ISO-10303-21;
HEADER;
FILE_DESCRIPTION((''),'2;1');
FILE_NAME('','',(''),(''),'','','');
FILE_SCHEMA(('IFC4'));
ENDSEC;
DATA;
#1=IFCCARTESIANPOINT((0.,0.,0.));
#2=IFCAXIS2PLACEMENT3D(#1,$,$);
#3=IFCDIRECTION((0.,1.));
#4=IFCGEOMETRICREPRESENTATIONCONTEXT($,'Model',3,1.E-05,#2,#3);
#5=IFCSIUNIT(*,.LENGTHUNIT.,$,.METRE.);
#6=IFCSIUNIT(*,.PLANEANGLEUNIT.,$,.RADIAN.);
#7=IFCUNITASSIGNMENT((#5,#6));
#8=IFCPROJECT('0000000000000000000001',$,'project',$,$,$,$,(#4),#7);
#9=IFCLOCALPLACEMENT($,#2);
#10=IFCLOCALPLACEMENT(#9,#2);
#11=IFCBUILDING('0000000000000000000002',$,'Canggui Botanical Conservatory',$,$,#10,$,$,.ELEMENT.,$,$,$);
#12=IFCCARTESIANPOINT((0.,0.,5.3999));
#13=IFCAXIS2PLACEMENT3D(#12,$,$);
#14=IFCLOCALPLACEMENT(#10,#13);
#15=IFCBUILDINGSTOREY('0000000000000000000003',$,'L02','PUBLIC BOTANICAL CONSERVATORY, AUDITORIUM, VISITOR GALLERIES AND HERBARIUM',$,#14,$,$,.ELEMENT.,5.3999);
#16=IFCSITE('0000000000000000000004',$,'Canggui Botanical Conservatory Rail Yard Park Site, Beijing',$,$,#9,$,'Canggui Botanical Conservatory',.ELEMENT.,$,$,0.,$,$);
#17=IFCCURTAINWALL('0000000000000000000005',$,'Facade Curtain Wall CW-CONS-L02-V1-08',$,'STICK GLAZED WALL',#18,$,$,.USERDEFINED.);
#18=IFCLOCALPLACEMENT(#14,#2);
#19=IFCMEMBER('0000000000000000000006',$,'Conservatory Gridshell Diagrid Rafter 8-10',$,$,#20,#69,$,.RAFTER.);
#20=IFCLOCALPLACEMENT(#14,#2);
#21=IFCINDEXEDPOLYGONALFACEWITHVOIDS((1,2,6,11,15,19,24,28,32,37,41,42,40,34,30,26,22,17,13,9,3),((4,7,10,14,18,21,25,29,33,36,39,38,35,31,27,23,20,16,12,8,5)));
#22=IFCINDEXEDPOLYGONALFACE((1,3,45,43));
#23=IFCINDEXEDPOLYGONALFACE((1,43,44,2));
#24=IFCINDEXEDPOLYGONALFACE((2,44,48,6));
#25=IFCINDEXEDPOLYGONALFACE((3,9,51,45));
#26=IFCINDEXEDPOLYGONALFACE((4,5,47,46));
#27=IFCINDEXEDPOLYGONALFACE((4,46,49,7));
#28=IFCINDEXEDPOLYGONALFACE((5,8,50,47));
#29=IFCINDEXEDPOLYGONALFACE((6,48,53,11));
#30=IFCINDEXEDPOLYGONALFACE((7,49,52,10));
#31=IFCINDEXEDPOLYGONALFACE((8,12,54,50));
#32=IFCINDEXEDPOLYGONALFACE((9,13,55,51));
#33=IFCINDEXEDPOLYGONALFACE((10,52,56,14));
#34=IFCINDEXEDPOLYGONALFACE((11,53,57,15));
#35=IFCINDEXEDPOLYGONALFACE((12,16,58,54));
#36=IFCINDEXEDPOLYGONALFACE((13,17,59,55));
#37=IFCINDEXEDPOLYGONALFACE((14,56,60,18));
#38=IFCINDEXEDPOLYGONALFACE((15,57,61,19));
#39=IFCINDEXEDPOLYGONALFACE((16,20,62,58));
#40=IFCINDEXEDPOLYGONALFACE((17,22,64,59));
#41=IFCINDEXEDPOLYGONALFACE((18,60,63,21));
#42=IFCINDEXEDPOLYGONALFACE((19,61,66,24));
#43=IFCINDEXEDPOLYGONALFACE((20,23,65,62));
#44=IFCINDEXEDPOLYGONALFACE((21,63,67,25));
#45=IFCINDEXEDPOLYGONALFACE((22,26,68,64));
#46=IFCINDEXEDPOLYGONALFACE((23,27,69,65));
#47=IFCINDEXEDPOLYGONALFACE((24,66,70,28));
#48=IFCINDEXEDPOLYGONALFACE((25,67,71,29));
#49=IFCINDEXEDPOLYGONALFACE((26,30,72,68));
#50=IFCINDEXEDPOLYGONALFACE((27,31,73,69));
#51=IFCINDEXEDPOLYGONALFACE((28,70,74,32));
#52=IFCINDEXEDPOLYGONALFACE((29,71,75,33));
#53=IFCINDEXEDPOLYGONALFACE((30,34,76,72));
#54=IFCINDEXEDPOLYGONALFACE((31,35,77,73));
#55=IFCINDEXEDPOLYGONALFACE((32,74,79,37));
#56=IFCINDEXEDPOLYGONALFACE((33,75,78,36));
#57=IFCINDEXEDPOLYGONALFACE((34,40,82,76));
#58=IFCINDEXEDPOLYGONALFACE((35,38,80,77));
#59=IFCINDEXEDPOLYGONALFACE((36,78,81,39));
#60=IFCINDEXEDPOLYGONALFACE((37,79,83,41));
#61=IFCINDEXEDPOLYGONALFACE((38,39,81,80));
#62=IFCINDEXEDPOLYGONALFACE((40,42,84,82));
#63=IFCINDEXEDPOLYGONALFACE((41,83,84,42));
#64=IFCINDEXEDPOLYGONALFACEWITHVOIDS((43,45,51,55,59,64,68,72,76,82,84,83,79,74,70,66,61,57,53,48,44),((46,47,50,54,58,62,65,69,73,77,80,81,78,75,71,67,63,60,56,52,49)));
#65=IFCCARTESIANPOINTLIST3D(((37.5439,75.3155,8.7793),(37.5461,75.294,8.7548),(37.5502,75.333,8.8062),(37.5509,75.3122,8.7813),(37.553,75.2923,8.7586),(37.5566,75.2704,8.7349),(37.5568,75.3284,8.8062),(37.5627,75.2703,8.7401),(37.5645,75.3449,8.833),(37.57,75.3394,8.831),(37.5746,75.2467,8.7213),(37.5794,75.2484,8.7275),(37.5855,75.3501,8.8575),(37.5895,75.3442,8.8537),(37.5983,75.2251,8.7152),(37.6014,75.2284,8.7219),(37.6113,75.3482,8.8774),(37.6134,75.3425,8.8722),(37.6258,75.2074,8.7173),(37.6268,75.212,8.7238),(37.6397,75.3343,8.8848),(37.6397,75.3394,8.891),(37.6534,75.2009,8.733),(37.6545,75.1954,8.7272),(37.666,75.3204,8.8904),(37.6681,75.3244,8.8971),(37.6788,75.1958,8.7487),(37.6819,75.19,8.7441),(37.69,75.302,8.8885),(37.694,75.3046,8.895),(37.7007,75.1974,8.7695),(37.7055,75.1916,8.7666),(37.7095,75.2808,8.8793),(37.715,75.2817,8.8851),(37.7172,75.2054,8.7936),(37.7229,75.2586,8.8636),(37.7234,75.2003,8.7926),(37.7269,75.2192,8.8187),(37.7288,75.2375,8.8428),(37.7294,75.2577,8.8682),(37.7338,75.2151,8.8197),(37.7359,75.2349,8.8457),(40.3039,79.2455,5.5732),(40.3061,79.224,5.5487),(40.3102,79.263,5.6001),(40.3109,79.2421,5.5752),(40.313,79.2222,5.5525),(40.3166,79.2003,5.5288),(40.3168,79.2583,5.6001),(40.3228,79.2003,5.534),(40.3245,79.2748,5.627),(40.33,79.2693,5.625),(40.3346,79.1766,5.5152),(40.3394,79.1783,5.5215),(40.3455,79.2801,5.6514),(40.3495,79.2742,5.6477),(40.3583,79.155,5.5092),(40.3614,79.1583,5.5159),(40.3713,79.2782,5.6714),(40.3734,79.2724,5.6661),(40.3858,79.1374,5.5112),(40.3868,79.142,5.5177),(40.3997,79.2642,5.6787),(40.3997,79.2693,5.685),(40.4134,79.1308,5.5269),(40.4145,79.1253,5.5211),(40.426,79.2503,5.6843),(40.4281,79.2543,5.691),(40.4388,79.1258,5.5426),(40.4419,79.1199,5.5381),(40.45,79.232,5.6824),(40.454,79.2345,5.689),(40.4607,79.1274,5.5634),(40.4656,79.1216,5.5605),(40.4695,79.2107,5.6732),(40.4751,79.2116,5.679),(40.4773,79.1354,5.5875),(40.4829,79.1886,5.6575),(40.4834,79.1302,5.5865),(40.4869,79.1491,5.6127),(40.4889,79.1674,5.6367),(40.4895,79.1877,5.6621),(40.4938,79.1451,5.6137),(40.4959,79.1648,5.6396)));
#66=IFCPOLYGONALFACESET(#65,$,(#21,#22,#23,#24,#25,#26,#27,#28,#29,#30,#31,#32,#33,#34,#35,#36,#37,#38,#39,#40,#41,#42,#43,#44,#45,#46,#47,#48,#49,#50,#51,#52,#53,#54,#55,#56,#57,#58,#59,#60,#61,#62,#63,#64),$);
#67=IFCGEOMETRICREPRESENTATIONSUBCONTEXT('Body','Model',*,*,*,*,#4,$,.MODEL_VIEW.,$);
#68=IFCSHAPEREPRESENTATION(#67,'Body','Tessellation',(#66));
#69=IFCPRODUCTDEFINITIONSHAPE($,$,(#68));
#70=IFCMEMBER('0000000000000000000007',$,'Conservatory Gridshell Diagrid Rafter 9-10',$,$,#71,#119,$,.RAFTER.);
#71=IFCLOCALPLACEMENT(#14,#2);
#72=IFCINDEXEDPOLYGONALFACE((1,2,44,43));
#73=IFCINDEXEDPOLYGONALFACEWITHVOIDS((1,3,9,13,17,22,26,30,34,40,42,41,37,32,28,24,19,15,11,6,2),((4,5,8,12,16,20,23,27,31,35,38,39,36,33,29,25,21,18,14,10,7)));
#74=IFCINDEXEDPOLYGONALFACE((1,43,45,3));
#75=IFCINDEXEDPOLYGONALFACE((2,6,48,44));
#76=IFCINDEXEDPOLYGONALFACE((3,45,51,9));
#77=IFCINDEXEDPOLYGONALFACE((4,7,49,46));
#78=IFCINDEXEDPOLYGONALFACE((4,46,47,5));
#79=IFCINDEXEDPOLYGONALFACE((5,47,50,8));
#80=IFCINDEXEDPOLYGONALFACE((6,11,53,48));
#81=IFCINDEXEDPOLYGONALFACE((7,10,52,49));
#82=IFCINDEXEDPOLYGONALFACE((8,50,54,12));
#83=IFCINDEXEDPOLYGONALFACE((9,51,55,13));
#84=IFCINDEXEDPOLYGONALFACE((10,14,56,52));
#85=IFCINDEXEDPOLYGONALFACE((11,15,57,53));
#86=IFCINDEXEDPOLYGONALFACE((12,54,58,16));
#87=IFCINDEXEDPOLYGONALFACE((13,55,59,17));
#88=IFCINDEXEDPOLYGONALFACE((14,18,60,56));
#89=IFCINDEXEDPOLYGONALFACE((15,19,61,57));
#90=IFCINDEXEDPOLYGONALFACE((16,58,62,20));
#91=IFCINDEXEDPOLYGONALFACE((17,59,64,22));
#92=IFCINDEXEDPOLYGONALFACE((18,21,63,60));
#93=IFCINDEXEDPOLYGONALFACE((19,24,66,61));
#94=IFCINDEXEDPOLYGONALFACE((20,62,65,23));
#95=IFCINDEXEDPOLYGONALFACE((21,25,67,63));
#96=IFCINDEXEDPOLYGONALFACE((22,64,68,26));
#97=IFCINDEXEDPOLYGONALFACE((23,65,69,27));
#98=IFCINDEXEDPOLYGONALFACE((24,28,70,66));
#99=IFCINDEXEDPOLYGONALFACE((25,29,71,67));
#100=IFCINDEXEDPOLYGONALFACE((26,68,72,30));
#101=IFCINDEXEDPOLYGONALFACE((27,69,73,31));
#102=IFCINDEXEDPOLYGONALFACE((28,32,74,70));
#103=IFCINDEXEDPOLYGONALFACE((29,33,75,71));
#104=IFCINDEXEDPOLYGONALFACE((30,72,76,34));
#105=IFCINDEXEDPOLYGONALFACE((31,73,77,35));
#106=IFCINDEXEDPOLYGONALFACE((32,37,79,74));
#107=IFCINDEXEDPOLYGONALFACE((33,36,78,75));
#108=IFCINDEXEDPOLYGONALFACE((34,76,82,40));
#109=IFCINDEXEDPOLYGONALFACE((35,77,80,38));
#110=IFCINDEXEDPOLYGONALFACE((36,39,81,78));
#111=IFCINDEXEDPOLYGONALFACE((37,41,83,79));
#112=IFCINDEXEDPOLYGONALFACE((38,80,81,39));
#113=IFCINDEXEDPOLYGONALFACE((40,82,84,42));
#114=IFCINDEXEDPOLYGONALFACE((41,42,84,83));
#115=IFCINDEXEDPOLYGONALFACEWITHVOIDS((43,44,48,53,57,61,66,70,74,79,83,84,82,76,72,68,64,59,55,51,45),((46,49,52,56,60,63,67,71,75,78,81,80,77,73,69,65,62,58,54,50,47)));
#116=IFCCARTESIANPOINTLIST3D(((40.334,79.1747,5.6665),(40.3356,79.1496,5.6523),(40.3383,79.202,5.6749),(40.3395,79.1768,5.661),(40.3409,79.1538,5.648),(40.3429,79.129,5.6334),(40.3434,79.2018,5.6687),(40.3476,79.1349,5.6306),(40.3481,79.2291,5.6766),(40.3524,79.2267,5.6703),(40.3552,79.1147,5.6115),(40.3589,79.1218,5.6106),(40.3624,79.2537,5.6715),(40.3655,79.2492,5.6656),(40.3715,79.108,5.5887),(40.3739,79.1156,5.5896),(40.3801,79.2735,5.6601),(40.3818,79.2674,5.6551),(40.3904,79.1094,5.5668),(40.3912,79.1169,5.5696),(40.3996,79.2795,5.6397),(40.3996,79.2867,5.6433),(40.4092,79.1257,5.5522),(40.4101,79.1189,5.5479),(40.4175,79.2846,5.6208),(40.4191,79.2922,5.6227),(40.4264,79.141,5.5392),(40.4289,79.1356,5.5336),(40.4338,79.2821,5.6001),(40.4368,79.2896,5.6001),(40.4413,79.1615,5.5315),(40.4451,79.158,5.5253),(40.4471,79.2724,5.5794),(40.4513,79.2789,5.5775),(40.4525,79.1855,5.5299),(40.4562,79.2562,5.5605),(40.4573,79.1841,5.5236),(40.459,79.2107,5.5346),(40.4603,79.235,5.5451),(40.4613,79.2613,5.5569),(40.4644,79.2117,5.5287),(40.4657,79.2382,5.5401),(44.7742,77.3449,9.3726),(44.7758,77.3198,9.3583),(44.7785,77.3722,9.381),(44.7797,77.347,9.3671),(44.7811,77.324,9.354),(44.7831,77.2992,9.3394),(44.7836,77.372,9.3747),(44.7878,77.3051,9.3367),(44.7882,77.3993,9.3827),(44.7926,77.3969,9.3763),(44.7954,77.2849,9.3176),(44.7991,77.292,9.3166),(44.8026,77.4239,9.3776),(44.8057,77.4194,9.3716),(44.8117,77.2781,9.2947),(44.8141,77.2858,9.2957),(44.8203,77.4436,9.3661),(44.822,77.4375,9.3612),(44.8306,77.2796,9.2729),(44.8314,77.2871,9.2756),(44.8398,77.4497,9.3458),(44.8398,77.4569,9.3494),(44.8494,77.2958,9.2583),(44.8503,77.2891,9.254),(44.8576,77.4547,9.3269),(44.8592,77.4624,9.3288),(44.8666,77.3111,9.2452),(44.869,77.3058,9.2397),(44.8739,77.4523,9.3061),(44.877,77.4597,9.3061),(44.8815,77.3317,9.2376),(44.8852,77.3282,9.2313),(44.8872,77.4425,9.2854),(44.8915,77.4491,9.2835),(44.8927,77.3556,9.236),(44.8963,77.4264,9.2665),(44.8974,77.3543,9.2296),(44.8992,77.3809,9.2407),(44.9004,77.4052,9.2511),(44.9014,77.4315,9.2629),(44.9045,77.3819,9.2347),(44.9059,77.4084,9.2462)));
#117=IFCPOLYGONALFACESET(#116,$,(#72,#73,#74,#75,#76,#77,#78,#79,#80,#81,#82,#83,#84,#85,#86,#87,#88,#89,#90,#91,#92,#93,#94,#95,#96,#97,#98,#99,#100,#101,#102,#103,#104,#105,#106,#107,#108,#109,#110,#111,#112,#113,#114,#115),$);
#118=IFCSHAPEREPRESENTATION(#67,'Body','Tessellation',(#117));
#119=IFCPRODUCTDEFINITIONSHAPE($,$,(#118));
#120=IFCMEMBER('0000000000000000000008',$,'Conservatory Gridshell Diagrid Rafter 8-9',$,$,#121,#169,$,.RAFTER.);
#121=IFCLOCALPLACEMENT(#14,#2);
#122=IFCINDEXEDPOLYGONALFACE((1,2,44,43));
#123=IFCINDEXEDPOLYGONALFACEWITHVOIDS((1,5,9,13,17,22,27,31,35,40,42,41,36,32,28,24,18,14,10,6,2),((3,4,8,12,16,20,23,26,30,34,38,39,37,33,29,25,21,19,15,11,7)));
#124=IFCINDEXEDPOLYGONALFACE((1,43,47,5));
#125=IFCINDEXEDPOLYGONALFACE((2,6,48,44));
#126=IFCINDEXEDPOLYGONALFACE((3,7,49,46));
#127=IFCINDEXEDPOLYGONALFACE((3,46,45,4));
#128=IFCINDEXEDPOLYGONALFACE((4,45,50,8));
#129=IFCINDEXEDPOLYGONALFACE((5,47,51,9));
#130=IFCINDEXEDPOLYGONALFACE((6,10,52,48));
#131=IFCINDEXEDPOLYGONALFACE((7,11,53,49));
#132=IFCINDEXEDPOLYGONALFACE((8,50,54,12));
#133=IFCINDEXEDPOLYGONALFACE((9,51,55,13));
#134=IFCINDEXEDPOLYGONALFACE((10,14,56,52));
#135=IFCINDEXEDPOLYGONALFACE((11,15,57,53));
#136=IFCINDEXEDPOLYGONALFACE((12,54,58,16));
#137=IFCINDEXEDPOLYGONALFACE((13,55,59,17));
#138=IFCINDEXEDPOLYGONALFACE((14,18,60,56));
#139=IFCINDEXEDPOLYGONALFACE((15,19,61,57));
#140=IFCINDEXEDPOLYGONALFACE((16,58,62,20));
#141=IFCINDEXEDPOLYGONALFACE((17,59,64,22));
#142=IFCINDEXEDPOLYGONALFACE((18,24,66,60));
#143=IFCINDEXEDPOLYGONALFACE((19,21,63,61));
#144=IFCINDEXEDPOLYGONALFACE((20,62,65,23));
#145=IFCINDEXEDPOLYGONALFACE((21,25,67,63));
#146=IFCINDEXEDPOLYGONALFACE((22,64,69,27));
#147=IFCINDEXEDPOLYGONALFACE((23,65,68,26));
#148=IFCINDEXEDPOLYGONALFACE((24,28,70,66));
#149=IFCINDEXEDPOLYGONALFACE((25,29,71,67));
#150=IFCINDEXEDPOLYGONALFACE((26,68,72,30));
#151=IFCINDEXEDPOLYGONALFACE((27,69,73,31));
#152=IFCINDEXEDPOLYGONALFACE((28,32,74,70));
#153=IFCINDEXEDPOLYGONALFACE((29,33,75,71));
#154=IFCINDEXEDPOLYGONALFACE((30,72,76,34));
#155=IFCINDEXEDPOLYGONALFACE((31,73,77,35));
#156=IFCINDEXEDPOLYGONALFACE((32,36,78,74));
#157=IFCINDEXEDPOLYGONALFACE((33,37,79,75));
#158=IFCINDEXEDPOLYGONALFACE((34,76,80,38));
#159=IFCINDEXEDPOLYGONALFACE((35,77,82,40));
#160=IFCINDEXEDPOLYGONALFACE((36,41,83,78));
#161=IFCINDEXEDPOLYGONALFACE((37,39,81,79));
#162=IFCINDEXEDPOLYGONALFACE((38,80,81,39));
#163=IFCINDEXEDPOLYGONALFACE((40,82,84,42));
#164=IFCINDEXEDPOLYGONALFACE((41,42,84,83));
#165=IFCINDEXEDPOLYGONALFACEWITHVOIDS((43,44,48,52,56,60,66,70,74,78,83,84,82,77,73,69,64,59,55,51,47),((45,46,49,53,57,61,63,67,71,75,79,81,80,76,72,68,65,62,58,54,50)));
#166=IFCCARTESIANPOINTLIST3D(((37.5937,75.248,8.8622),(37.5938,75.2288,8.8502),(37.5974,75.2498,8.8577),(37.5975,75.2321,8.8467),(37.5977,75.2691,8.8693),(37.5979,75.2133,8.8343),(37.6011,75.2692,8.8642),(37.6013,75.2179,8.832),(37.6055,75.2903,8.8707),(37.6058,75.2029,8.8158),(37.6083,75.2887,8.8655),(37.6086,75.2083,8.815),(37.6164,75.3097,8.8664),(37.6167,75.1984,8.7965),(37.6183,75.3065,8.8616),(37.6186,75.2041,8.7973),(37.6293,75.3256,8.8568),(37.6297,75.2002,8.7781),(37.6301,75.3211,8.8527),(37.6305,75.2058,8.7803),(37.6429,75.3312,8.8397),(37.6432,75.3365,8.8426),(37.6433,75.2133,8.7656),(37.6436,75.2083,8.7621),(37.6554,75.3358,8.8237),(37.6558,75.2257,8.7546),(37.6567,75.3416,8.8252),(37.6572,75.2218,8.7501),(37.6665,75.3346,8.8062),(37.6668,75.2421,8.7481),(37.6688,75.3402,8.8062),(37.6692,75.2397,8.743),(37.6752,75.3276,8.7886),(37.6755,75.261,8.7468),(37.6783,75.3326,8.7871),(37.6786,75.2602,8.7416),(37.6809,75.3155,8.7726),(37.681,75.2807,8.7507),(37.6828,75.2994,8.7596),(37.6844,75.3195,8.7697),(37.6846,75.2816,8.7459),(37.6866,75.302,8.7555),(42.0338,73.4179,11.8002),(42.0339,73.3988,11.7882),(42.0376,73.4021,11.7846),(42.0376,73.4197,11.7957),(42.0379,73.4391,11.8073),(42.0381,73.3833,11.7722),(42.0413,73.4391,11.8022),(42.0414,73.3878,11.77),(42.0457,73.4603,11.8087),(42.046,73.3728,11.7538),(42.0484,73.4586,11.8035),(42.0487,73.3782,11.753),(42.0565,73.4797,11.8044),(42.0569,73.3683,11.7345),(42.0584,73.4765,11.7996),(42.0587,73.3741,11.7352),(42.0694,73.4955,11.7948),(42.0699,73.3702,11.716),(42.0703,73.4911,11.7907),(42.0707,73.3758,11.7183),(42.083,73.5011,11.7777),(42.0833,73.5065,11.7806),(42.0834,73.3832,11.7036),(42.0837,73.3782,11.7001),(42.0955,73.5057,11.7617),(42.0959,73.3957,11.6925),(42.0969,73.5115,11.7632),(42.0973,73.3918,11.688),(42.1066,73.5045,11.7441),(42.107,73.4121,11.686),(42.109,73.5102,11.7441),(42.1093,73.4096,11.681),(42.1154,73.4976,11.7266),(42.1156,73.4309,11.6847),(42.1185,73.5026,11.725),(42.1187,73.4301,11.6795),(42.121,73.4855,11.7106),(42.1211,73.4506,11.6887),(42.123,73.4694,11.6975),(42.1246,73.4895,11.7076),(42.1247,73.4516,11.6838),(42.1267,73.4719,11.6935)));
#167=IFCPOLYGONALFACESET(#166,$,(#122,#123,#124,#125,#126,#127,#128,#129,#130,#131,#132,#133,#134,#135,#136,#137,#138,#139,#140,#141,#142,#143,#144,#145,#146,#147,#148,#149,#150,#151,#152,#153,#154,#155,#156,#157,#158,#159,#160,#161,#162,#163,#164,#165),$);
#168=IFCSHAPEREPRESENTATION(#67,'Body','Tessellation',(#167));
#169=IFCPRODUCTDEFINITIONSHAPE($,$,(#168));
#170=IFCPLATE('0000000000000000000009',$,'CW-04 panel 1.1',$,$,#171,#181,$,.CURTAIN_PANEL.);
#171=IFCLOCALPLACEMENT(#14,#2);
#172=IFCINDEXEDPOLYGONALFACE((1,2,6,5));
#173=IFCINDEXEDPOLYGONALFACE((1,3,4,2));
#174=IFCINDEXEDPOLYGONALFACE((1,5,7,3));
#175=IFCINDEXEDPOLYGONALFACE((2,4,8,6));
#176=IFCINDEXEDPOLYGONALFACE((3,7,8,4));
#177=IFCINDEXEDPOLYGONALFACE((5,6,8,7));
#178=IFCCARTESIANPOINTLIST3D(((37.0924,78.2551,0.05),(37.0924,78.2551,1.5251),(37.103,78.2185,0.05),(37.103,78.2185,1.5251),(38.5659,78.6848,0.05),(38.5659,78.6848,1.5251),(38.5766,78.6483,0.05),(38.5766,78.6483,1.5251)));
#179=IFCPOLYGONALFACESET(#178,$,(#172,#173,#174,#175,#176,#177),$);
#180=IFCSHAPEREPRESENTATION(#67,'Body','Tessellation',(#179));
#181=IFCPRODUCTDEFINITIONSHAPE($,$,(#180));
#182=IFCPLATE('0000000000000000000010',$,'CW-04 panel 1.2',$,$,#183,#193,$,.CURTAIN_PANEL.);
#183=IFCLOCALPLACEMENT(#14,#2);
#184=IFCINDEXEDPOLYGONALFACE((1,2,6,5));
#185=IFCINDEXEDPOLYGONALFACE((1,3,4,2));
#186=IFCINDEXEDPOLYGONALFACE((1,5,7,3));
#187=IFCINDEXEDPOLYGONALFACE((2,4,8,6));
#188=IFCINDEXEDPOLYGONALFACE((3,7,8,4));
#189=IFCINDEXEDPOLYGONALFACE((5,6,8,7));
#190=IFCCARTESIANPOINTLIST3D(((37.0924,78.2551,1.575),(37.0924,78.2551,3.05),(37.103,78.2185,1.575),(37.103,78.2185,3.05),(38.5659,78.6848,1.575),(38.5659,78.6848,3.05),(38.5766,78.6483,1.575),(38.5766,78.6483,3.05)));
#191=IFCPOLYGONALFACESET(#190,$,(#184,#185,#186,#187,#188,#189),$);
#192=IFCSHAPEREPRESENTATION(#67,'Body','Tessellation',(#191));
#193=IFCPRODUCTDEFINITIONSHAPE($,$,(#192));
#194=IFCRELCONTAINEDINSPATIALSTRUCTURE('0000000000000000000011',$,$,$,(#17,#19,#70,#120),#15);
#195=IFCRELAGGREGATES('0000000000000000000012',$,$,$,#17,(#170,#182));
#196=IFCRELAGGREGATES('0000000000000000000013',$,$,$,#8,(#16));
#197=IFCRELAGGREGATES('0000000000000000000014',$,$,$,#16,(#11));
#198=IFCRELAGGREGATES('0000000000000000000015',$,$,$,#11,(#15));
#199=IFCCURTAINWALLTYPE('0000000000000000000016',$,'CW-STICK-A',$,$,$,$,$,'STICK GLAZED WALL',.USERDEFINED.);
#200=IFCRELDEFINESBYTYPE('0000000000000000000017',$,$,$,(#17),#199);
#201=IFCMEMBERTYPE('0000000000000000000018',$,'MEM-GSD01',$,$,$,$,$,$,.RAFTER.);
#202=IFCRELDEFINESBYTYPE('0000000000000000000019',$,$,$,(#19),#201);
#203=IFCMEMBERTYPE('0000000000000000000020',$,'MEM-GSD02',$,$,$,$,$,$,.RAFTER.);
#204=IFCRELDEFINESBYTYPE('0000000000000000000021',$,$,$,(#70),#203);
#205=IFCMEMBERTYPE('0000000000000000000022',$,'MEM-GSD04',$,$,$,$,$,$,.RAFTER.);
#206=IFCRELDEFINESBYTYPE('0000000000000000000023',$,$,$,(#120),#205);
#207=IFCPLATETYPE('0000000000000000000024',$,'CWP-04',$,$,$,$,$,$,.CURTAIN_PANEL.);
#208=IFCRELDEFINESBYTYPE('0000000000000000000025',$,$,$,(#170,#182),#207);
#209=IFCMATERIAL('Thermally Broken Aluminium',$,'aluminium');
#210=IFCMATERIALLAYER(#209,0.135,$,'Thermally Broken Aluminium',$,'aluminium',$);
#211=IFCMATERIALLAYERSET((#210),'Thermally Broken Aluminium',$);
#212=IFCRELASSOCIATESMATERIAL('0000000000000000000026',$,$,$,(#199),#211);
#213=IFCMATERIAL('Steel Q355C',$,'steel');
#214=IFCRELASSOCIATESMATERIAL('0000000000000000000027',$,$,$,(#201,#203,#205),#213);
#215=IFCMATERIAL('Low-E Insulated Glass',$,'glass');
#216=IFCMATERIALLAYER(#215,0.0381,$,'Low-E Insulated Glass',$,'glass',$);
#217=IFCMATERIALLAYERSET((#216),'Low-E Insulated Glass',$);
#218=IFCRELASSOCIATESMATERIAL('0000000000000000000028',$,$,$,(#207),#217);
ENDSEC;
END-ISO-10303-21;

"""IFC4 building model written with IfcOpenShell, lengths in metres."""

from ifc_helpers import new_model, si_unit, direction, frame, origin, origin_2d, place, context, subcontext, project, spatial, rectangle, hollow_circle, extrude, material, layer, layer_set, material_profile, profile_set, type_object, element, aggregate, save


model = new_model("IFC4")

# Units and contexts
model_context = context("Model", 3, precision=1e-05, world=origin(), true_north=direction((0.0, 1.0)))
body_context = subcontext(model_context, "Body", "Model", "MODEL_VIEW")
ifc_project = project(units=[si_unit("LENGTHUNIT", "METRE"), si_unit("PLANEANGLEUNIT", "RADIAN")], contexts=[model_context])

# Site, building, storey
site_placement = place(None, origin())
site = spatial("IfcSite", under=ifc_project, at=site_placement, Name="Canggui Botanical Conservatory Rail Yard Park Site, Beijing", LongName="Canggui Botanical Conservatory", CompositionType="ELEMENT", RefElevation=0.0)
building_placement = place(site_placement, origin())
building = spatial("IfcBuilding", under=site, at=building_placement, Name="Canggui Botanical Conservatory", CompositionType="ELEMENT")
storey_placement = place(building_placement, frame((0.0, 0.0, 5.3999)))
storey = spatial("IfcBuildingStorey", under=building, at=storey_placement, Name="L02", Description="PUBLIC BOTANICAL CONSERVATORY, AUDITORIUM, VISITOR GALLERIES AND HERBARIUM", CompositionType="ELEMENT", Elevation=5.3999)

# Shared definitions
ifc_material_1 = material(Name="Steel Q355C", Category="steel")

# Curtain wall
ifc_material_2 = material(Name="Thermally Broken Aluminium", Category="aluminium")
ifc_layer_1 = layer(ifc_material_2, 0.135, Name="Thermally Broken Aluminium", Category="aluminium")
ifc_layer_set_1 = layer_set([ifc_layer_1], Name="Thermally Broken Aluminium")
curtain_wall_type = type_object("IfcCurtainWallType", Name="CW-STICK-A", ElementType="STICK GLAZED WALL", PredefinedType="USERDEFINED", material=ifc_layer_set_1)
curtain_wall_1_placement = place(storey_placement, origin())
curtain_wall_1 = element("IfcCurtainWall", 1, at=curtain_wall_1_placement, inside=storey, type_object=curtain_wall_type, Name="Facade Curtain Wall CW-CONS-L02-V1-08", ObjectType="STICK GLAZED WALL", PredefinedType="USERDEFINED")

# Members
ifc_material_profile_1 = material_profile(ifc_material_1, hollow_circle(Radius=0.1096, WallThickness=0.0081, at=origin_2d()), Name="CHS 219x8")
ifc_profile_set_1 = profile_set([ifc_material_profile_1], Name="Steel Q355C")
member_type_1 = type_object("IfcMemberType", Name="MEM-GSD01", PredefinedType="RAFTER", material=ifc_profile_set_1)
member_1_placement = place(storey_placement, frame((37.6399, 75.27, 8.8062), z_axis=(0.477994, 0.680608, -0.555243), x_axis=(-0.818345, 0.574728, 0.0)))
element("IfcMember", 2, at=member_1_placement, inside=storey, type_object=member_type_1, Name="Conservatory Gridshell Diagrid Rafter 8-10", PredefinedType="RAFTER", context=body_context, shape_type="SweptSolid", body=[
    extrude(hollow_circle(Radius=0.1096, WallThickness=0.0081, at=origin_2d()), origin(), (0.0, 0.0, 1.0), 5.7742),
])
ifc_material_profile_2 = material_profile(ifc_material_1, hollow_circle(Radius=0.0969, WallThickness=0.0081, at=origin_2d()), Name="CHS 194x8")
ifc_profile_set_2 = profile_set([ifc_material_profile_2], Name="Steel Q355C")
member_type_2 = type_object("IfcMemberType", Name="MEM-GSD02", PredefinedType="RAFTER", material=ifc_profile_set_2)
member_2_placement = place(storey_placement, frame((40.3999, 79.2, 5.6001), z_axis=(0.731959, -0.301646, 0.610938), x_axis=(0.381021, 0.924566, 0.0)))
element("IfcMember", 3, at=member_2_placement, inside=storey, type_object=member_type_2, Name="Conservatory Gridshell Diagrid Rafter 9-10", PredefinedType="RAFTER", context=body_context, shape_type="SweptSolid", body=[
    extrude(hollow_circle(Radius=0.0969, WallThickness=0.0081, at=origin_2d()), origin(), (0.0, 0.0, 1.0), 6.0662),
])
ifc_material_profile_3 = material_profile(ifc_material_1, hollow_circle(Radius=0.0759, WallThickness=0.0061, at=origin_2d()), Name="CHS 152x6")
ifc_profile_set_3 = profile_set([ifc_material_profile_3], Name="Steel Q355C")
member_type_3 = type_object("IfcMemberType", Name="MEM-GSD04", PredefinedType="RAFTER", material=ifc_profile_set_3)
member_3_placement = place(storey_placement, frame((37.6399, 75.27, 8.8062), z_axis=(0.788674, -0.325062, 0.521851), x_axis=(0.381064, 0.924549, 0.0)))
element("IfcMember", 4, at=member_3_placement, inside=storey, type_object=member_type_3, Name="Conservatory Gridshell Diagrid Rafter 8-9", PredefinedType="RAFTER", context=body_context, shape_type="SweptSolid", body=[
    extrude(hollow_circle(Radius=0.0759, WallThickness=0.0061, at=origin_2d()), origin(), (0.0, 0.0, 1.0), 5.6299),
])

# Plates
ifc_material_3 = material(Name="Low-E Insulated Glass", Category="glass")
ifc_layer_2 = layer(ifc_material_3, 0.0381, Name="Low-E Insulated Glass", Category="glass")
ifc_layer_set_2 = layer_set([ifc_layer_2], Name="Low-E Insulated Glass")
plate_type_1 = type_object("IfcPlateType", Name="CWP-04", PredefinedType="CURTAIN_PANEL", material=ifc_layer_set_2)
plate_1_placement = place(storey_placement, frame((37.8345, 78.4517, 0.05), z_axis=(0.0, 0.0, 1.0), x_axis=(0.96, 0.28, 0.0)))
plate_1 = element("IfcPlate", 5, at=plate_1_placement, type_object=plate_type_1, Name="CW-04 panel 1.1", PredefinedType="CURTAIN_PANEL", context=body_context, shape_type="SweptSolid", body=[
    extrude(rectangle(XDim=1.5349, YDim=0.0381, at=origin_2d()), origin(), (0.0, 0.0, 1.0), 1.4751),
])
plate_2_placement = place(storey_placement, frame((37.8345, 78.4517, 1.575), z_axis=(0.0, 0.0, 1.0), x_axis=(0.96, 0.28, 0.0)))
plate_2 = element("IfcPlate", 6, at=plate_2_placement, type_object=plate_type_1, Name="CW-04 panel 1.2", PredefinedType="CURTAIN_PANEL", context=body_context, shape_type="SweptSolid", body=[
    extrude(rectangle(XDim=1.5349, YDim=0.0381, at=origin_2d()), origin(), (0.0, 0.0, 1.0), 1.4751),
])
aggregate(curtain_wall_1, [plate_1, plate_2])

save(model, "model.ifc")
